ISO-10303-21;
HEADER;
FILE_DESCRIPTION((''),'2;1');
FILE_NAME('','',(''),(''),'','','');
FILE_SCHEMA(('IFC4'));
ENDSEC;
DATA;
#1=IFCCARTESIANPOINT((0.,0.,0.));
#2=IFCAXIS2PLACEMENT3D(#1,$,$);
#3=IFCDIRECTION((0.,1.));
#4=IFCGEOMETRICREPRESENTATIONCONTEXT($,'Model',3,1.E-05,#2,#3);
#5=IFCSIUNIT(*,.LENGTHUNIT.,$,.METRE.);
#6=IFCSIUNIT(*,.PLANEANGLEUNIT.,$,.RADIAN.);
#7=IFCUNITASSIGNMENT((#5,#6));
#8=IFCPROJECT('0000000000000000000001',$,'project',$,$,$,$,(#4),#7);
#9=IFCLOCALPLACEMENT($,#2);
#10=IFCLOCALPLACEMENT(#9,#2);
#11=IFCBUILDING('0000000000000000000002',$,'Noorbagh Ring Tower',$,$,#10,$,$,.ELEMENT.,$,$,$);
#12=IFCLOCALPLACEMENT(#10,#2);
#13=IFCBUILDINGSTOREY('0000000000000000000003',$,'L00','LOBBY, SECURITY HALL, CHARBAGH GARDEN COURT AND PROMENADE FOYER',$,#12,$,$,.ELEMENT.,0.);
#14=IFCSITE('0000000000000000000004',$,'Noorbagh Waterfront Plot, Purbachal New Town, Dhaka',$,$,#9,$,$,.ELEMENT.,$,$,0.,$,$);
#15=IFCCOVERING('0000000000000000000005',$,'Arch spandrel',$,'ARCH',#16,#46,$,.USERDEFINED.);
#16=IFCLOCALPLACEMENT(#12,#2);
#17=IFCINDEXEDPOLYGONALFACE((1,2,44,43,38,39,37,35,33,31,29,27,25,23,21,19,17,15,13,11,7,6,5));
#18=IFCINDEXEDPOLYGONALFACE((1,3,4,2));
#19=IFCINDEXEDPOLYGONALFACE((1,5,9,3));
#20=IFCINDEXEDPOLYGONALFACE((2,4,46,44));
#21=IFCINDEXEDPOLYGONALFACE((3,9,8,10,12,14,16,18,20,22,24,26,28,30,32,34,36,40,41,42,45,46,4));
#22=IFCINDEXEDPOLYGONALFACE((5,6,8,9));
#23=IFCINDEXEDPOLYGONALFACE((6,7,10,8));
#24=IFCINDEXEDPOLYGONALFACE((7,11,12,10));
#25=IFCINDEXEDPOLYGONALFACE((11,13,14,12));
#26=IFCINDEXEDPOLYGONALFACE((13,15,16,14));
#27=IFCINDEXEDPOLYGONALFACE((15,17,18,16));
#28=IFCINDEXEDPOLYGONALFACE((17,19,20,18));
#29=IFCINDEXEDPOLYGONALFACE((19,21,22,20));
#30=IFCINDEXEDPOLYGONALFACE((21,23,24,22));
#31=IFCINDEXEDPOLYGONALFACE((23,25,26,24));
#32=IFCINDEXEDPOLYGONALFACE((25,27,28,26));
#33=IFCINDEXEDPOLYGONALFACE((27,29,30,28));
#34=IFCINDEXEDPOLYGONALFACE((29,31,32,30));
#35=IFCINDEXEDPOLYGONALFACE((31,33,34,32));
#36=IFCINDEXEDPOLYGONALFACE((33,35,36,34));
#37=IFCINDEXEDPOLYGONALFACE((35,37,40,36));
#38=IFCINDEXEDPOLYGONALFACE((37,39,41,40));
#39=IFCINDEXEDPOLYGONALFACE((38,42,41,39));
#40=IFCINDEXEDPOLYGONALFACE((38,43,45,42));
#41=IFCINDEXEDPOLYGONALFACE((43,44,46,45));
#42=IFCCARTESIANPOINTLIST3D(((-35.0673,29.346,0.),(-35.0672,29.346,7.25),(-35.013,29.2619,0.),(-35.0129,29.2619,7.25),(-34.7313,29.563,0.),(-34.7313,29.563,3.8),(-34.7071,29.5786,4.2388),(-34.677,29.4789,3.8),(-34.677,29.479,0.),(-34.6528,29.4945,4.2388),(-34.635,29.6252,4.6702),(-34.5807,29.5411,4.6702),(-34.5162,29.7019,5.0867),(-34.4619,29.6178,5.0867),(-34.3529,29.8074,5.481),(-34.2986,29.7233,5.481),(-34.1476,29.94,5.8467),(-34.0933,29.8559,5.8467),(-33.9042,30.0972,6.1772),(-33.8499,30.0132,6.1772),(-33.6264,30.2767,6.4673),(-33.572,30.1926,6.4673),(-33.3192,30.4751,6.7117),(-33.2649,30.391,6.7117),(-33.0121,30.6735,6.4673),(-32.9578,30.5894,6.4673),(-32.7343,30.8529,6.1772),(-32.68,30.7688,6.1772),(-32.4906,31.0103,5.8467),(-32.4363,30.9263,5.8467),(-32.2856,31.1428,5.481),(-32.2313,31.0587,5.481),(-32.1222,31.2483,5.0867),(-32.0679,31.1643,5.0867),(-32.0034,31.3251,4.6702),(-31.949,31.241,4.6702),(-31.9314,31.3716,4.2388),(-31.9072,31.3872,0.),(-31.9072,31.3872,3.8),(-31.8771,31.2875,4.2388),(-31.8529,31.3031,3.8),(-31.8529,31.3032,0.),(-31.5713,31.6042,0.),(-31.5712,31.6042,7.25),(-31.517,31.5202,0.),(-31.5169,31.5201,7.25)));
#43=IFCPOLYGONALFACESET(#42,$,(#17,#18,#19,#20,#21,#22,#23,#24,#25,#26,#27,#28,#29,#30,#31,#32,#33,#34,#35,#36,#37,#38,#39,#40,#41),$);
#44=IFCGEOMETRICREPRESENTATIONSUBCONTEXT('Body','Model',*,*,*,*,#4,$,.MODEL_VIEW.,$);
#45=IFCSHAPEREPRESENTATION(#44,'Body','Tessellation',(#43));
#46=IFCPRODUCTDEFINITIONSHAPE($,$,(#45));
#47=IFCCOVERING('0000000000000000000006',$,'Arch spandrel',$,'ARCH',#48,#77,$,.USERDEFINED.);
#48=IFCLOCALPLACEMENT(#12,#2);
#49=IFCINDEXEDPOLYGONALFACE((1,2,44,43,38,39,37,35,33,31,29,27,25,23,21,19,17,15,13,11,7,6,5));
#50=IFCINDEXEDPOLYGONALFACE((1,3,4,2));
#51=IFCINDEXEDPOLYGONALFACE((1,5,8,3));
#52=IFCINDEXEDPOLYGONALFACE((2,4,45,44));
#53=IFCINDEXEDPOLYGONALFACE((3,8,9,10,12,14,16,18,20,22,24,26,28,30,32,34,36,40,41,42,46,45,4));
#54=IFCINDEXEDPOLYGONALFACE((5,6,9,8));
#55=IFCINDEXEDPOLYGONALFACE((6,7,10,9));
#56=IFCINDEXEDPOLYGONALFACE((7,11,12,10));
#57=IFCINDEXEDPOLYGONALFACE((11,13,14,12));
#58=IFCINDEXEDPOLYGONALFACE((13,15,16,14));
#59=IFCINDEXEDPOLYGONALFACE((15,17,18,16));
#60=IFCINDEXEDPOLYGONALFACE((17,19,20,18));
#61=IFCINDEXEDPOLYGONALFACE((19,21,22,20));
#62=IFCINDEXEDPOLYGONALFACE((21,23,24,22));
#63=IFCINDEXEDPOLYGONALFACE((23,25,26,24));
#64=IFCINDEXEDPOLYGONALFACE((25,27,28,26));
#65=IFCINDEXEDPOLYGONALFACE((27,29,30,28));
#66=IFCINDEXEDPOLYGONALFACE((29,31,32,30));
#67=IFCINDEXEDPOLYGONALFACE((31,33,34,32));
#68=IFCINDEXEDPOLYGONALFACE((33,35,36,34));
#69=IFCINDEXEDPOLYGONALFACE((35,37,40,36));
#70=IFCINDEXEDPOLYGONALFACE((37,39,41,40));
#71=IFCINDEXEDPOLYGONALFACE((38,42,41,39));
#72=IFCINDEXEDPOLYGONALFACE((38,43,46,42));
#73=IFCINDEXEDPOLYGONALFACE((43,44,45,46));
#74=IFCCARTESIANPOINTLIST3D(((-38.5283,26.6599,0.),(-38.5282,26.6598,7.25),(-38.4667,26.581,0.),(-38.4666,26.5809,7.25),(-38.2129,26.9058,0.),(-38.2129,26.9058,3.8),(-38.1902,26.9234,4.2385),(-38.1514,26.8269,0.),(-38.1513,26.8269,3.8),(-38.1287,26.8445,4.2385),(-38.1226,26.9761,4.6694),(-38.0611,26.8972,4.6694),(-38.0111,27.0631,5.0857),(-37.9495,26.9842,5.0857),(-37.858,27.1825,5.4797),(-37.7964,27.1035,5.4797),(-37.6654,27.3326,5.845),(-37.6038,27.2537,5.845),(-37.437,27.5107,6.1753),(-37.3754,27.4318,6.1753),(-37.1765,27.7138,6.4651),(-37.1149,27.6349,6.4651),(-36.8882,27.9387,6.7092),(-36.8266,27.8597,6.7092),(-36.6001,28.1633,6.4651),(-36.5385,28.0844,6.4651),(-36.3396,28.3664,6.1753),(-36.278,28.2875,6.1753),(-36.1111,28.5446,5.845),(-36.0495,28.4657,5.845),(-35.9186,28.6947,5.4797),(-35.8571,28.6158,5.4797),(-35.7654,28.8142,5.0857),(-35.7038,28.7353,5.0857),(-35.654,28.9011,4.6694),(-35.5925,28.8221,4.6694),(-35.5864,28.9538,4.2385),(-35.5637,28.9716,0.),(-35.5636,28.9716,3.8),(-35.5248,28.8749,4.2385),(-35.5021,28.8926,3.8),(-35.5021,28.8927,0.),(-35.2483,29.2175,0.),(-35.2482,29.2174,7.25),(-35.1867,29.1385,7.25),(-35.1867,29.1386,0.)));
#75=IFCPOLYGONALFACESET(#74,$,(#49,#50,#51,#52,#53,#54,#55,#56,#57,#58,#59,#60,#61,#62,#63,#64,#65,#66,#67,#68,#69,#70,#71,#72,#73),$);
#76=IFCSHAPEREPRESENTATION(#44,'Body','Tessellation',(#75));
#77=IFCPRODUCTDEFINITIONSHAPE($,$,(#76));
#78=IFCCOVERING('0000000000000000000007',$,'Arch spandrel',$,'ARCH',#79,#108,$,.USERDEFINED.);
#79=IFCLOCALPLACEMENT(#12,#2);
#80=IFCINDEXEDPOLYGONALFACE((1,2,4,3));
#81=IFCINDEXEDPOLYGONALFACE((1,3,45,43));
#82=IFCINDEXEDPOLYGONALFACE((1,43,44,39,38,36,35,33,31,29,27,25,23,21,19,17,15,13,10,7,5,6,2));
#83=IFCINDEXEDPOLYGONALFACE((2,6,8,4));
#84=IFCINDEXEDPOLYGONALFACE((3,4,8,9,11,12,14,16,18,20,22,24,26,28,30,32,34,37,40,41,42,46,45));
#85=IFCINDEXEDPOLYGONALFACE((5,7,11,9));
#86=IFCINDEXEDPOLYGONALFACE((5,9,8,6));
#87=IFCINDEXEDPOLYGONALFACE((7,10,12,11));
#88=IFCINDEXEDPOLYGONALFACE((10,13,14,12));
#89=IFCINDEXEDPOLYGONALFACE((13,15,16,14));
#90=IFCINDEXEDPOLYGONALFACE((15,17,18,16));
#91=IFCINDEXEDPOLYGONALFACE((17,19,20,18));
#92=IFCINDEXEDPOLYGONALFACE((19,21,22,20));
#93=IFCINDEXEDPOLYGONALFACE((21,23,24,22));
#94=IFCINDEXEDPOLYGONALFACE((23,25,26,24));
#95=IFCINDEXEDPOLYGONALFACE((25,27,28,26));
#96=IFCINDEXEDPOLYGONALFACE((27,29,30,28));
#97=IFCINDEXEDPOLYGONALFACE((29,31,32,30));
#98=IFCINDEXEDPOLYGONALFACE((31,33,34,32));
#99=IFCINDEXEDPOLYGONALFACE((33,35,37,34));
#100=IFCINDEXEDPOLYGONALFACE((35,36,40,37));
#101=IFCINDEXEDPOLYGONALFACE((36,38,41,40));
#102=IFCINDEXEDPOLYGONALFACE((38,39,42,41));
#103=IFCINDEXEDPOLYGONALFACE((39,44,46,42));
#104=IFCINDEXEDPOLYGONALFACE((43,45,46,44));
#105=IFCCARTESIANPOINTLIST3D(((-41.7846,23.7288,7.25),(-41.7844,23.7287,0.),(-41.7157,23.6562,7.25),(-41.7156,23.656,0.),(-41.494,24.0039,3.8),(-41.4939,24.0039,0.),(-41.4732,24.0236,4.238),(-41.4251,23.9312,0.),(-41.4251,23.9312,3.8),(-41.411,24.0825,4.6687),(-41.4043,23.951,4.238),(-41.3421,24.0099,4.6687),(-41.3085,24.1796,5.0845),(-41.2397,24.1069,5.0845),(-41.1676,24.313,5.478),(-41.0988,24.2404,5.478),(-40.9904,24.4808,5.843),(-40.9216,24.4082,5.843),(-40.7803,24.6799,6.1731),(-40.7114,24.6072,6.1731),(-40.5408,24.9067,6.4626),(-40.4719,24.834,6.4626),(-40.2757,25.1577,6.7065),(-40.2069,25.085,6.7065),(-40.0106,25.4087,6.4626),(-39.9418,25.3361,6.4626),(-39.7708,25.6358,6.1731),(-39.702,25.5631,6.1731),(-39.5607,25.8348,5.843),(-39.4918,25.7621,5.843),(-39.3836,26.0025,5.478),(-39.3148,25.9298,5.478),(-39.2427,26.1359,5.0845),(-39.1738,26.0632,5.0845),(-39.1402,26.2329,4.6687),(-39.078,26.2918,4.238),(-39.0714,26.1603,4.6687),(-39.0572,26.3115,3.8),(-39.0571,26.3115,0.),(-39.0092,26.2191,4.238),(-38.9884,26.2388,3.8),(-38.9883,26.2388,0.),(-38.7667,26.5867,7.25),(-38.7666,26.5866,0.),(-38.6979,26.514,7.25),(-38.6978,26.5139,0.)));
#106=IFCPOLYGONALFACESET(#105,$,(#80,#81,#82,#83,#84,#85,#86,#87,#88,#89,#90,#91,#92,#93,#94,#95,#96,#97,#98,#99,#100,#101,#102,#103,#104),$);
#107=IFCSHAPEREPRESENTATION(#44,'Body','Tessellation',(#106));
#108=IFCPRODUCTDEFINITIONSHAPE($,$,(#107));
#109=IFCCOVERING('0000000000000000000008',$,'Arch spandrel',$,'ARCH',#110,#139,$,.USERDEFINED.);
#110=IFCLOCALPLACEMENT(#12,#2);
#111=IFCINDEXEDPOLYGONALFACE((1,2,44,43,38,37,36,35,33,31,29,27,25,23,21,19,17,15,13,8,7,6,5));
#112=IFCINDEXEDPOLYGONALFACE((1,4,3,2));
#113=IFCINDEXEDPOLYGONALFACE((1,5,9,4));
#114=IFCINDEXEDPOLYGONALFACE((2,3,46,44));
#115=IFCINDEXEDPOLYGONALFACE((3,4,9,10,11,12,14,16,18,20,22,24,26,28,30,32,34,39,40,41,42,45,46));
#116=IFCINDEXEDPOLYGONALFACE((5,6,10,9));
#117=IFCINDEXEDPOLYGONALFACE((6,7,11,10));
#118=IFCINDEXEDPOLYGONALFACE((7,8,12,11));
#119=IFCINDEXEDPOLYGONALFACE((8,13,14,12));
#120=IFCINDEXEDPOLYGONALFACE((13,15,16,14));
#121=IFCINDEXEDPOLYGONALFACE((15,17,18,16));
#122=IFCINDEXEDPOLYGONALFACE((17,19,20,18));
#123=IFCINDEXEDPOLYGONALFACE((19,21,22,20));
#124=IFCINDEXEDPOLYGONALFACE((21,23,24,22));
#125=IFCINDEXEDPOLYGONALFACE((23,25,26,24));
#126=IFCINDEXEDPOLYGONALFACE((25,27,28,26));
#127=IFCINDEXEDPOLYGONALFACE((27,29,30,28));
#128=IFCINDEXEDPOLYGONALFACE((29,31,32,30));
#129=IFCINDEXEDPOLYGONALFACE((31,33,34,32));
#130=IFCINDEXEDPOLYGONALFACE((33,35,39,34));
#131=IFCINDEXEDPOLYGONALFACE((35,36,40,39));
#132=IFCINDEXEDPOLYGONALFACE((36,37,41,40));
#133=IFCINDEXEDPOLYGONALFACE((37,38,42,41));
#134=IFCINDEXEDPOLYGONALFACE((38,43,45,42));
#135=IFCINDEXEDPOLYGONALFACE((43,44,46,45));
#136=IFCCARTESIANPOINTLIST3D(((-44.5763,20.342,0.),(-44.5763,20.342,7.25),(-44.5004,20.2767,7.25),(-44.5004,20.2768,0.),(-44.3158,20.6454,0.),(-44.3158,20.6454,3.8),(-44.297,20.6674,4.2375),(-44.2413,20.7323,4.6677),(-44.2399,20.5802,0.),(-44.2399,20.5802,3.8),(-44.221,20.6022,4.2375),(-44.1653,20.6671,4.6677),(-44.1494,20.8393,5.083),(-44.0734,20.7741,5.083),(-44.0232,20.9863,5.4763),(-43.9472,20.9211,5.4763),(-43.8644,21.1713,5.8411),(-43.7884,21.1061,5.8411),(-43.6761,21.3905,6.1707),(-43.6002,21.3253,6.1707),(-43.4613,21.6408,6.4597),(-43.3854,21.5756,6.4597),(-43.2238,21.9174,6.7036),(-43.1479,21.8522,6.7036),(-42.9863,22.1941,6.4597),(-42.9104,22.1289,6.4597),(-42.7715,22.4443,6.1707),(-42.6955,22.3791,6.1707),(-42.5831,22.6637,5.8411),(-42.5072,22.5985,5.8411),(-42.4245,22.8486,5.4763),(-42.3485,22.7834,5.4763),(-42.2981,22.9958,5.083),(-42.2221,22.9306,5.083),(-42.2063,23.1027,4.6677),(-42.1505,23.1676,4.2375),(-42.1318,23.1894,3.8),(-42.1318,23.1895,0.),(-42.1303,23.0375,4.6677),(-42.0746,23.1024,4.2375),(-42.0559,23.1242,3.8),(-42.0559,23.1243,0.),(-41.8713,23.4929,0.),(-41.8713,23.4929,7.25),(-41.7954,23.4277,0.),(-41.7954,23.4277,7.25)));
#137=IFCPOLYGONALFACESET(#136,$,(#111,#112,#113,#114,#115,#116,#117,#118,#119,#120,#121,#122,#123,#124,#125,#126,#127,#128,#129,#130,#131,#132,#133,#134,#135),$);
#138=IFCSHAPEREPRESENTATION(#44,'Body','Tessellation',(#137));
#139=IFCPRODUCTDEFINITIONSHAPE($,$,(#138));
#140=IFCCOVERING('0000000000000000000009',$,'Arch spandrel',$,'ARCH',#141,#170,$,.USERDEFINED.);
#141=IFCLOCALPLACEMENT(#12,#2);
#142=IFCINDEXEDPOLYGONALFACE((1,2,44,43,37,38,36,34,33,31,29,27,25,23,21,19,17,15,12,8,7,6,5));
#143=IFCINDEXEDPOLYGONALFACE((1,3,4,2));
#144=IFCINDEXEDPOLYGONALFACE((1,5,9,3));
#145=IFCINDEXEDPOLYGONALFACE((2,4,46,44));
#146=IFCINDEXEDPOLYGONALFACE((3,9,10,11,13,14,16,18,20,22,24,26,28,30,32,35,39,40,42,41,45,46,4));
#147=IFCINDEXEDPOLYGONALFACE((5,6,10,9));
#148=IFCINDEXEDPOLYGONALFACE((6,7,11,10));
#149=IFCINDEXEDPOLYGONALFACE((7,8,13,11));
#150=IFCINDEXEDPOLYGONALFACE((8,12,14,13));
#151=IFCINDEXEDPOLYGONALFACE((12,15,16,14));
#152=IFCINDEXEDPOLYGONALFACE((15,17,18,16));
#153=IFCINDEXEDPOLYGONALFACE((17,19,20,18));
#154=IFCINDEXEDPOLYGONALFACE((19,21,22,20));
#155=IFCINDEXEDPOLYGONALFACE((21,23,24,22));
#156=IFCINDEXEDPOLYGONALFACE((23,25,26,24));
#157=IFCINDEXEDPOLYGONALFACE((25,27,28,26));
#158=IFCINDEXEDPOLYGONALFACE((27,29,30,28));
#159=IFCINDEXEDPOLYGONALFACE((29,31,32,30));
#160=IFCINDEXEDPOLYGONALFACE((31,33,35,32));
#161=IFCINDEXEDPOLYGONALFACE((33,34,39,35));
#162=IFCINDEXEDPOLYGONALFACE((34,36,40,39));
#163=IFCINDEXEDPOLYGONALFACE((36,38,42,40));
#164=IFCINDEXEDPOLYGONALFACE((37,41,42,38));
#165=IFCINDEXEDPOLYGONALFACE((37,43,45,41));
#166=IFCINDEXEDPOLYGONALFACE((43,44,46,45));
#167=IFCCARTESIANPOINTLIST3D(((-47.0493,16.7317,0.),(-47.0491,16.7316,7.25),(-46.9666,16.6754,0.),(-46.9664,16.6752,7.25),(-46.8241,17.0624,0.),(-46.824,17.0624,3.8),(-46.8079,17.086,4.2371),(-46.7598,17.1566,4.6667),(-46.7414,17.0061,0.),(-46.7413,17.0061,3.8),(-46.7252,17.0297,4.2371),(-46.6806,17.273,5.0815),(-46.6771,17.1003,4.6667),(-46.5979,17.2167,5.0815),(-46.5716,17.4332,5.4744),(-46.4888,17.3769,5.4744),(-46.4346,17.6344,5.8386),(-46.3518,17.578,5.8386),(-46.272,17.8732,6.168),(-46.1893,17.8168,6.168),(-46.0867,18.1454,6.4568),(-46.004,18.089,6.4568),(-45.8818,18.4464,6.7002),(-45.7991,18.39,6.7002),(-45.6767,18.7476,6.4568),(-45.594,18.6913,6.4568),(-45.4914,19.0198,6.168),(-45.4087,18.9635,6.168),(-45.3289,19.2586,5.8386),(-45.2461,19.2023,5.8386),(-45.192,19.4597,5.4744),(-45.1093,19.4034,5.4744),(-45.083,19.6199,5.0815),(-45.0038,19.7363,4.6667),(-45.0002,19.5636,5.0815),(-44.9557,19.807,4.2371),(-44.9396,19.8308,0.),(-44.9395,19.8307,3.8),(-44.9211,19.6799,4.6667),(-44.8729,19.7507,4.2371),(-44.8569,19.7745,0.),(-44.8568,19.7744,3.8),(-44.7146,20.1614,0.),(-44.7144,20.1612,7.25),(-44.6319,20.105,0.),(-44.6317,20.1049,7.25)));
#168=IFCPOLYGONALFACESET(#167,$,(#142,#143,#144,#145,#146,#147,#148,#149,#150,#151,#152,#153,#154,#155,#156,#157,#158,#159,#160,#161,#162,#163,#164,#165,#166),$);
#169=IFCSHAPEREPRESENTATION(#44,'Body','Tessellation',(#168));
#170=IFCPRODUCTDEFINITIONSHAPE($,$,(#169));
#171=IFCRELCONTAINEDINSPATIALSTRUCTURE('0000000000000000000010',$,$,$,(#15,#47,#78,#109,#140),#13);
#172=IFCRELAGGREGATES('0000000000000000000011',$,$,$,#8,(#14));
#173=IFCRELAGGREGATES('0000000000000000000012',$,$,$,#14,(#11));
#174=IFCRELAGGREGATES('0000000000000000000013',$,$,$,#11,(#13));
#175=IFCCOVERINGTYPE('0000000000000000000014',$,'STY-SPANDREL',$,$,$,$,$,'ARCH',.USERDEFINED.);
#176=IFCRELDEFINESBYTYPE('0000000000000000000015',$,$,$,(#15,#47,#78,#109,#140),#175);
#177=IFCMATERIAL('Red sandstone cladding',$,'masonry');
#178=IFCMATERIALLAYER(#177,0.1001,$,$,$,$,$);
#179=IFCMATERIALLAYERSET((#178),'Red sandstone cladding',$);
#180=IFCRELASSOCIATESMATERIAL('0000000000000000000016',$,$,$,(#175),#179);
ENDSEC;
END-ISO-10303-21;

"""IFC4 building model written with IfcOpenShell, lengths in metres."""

from ifc_helpers import new_model, si_unit, direction, frame, origin, place, context, subcontext, project, spatial, polyline, outline, extrude, material, layer, layer_set, type_object, element, save


model = new_model("IFC4")

# Units and contexts
model_context = context("Model", 3, precision=1e-05, world=origin(), true_north=direction((0.0, 1.0)))
body_context = subcontext(model_context, "Body", "Model", "MODEL_VIEW")
ifc_project = project(units=[si_unit("LENGTHUNIT", "METRE"), si_unit("PLANEANGLEUNIT", "RADIAN")], contexts=[model_context])

# Site, building, storey
site_placement = place(None, origin())
site = spatial("IfcSite", under=ifc_project, at=site_placement, Name="Noorbagh Waterfront Plot, Purbachal New Town, Dhaka", CompositionType="ELEMENT", RefElevation=0.0)
building_placement = place(site_placement, origin())
building = spatial("IfcBuilding", under=site, at=building_placement, Name="Noorbagh Ring Tower", CompositionType="ELEMENT")
storey_placement = place(building_placement, origin())
storey = spatial("IfcBuildingStorey", under=building, at=storey_placement, Name="L00", Description="LOBBY, SECURITY HALL, CHARBAGH GARDEN COURT AND PROMENADE FOYER", CompositionType="ELEMENT", Elevation=0.0)

# Coverings
ifc_material_1 = material(Name="Red sandstone cladding", Category="masonry")
ifc_layer_1 = layer(ifc_material_1, 0.1001)
ifc_layer_set_1 = layer_set([ifc_layer_1], Name="Red sandstone cladding")
covering_type = type_object("IfcCoveringType", Name="STY-SPANDREL", ElementType="ARCH", PredefinedType="USERDEFINED", material=ifc_layer_set_1)
covering_1_placement = place(storey_placement, frame((-31.5713, 31.6042, 0.0), z_axis=(-0.542594, 0.839995, 0.000011), x_axis=(-0.839995, -0.542594, 0.0)))
element("IfcCovering", 1, at=covering_1_placement, inside=storey, type_object=covering_type, Name="Arch spandrel", ObjectType="ARCH", PredefinedType="USERDEFINED", context=body_context, shape_type="SweptSolid", body=[
    extrude(outline(polyline([(0.0, 0.0), (0.4, 0.0), (0.4, 3.8), (0.4287, 4.2388), (0.5144, 4.6702), (0.6559, 5.0867), (0.8504, 5.481), (1.0945, 5.8467), (1.3846, 6.1772), (1.7153, 6.4673), (2.0809, 6.7117), (2.4466, 6.4673), (2.7773, 6.1772), (3.0671, 5.8467), (3.3115, 5.481), (3.5059, 5.0867), (3.6474, 4.6702), (3.7332, 4.2388), (3.762, 3.8), (3.762, 0.0), (4.1619, 0.0), (4.1619, 7.25), (0.0, 7.25), (0.0, 0.0)])), origin(), (0.0, 0.0, -1.0), 0.1001),
])
covering_2_placement = place(storey_placement, frame((-35.2483, 29.2175, 0.0), z_axis=(-0.614914, 0.788594, 0.000018), x_axis=(-0.788594, -0.614914, 0.0)))
element("IfcCovering", 2, at=covering_2_placement, inside=storey, type_object=covering_type, Name="Arch spandrel", ObjectType="ARCH", PredefinedType="USERDEFINED", context=body_context, shape_type="SweptSolid", body=[
    extrude(outline(polyline([(0.0, 0.0), (0.3999, 0.0), (0.3999, 3.8), (0.4288, 4.2385), (0.5145, 4.6694), (0.6558, 5.0857), (0.8501, 5.4797), (1.0941, 5.845), (1.3839, 6.1753), (1.7143, 6.4651), (2.0796, 6.7092), (2.4452, 6.4651), (2.7755, 6.1753), (3.0651, 5.845), (3.3094, 5.4797), (3.5035, 5.0857), (3.6449, 4.6694), (3.7307, 4.2385), (3.7594, 3.8), (3.7594, 0.0), (4.1593, 0.0), (4.1593, 7.25), (0.0, 7.25), (0.0, 0.0)])), origin(), (0.0, 0.0, -1.0), 0.1001),
])
covering_3_placement = place(storey_placement, frame((-38.6978, 26.5139, 0.0), z_axis=(0.687598, -0.726092, 0.000024), x_axis=(-0.726092, -0.687598, 0.0)))
element("IfcCovering", 3, at=covering_3_placement, inside=storey, type_object=covering_type, Name="Arch spandrel", ObjectType="ARCH", PredefinedType="USERDEFINED", context=body_context, shape_type="SweptSolid", body=[
    extrude(outline(polyline([(0.0, 0.0), (0.4001, 0.0), (0.4001, -3.8), (0.4288, -4.238), (0.5145, -4.6687), (0.6556, -5.0845), (0.8497, -5.478), (1.0935, -5.843), (1.383, -6.1731), (1.7132, -6.4626), (2.0782, -6.7065), (2.4433, -6.4626), (2.7732, -6.1731), (3.0626, -5.843), (3.3066, -5.478), (3.5008, -5.0845), (3.6419, -4.6687), (3.7275, -4.238), (3.7562, -3.8), (3.7562, 0.0), (4.1563, 0.0), (4.1563, -7.25), (0.0, -7.25), (0.0, 0.0)])), origin(), (0.0, 0.0, -1.0), 0.1001),
])
covering_4_placement = place(storey_placement, frame((-41.8713, 23.4929, 0.0), z_axis=(-0.758756, 0.651374, 0.000006), x_axis=(-0.651374, -0.758756, 0.0)))
element("IfcCovering", 4, at=covering_4_placement, inside=storey, type_object=covering_type, Name="Arch spandrel", ObjectType="ARCH", PredefinedType="USERDEFINED", context=body_context, shape_type="SweptSolid", body=[
    extrude(outline(polyline([(0.0, 0.0), (0.3999, 0.0), (0.3999, 3.8), (0.4287, 4.2375), (0.5142, 4.6677), (0.6551, 5.083), (0.8492, 5.4763), (1.0928, 5.8411), (1.382, 6.1707), (1.7118, 6.4597), (2.0764, 6.7036), (2.441, 6.4597), (2.7708, 6.1707), (3.0598, 5.8411), (3.3036, 5.4763), (3.4973, 5.083), (3.6384, 4.6677), (3.7239, 4.2375), (3.7528, 3.8), (3.7528, 0.0), (4.1528, 0.0), (4.1528, 7.25), (0.0, 7.25), (0.0, 0.0)])), origin(), (0.0, 0.0, -1.0), 0.1001),
])
covering_5_placement = place(storey_placement, frame((-44.7146, 20.1614, 0.0), z_axis=(-0.826645, 0.562724, 0.000032), x_axis=(-0.562724, -0.826645, 0.0)))
element("IfcCovering", 5, at=covering_5_placement, inside=storey, type_object=covering_type, Name="Arch spandrel", ObjectType="ARCH", PredefinedType="USERDEFINED", context=body_context, shape_type="SweptSolid", body=[
    extrude(outline(polyline([(0.0, 0.0), (0.3999, 0.0), (0.3999, 3.8), (0.4286, 4.2371), (0.5142, 4.6667), (0.6549, 5.0815), (0.8487, 5.4744), (1.0919, 5.8386), (1.3808, 6.168), (1.7101, 6.4568), (2.0745, 6.7002), (2.4386, 6.4568), (2.7679, 6.168), (3.0568, 5.8386), (3.3002, 5.4744), (3.494, 5.0815), (3.6348, 4.6667), (3.7202, 4.2371), (3.7488, 3.8), (3.7488, 0.0), (4.1489, 0.0), (4.1489, 7.25), (0.0, 7.25), (0.0, 0.0)])), origin(), (0.0, 0.0, -1.0), 0.1001),
])

save(model, "model.ifc")
